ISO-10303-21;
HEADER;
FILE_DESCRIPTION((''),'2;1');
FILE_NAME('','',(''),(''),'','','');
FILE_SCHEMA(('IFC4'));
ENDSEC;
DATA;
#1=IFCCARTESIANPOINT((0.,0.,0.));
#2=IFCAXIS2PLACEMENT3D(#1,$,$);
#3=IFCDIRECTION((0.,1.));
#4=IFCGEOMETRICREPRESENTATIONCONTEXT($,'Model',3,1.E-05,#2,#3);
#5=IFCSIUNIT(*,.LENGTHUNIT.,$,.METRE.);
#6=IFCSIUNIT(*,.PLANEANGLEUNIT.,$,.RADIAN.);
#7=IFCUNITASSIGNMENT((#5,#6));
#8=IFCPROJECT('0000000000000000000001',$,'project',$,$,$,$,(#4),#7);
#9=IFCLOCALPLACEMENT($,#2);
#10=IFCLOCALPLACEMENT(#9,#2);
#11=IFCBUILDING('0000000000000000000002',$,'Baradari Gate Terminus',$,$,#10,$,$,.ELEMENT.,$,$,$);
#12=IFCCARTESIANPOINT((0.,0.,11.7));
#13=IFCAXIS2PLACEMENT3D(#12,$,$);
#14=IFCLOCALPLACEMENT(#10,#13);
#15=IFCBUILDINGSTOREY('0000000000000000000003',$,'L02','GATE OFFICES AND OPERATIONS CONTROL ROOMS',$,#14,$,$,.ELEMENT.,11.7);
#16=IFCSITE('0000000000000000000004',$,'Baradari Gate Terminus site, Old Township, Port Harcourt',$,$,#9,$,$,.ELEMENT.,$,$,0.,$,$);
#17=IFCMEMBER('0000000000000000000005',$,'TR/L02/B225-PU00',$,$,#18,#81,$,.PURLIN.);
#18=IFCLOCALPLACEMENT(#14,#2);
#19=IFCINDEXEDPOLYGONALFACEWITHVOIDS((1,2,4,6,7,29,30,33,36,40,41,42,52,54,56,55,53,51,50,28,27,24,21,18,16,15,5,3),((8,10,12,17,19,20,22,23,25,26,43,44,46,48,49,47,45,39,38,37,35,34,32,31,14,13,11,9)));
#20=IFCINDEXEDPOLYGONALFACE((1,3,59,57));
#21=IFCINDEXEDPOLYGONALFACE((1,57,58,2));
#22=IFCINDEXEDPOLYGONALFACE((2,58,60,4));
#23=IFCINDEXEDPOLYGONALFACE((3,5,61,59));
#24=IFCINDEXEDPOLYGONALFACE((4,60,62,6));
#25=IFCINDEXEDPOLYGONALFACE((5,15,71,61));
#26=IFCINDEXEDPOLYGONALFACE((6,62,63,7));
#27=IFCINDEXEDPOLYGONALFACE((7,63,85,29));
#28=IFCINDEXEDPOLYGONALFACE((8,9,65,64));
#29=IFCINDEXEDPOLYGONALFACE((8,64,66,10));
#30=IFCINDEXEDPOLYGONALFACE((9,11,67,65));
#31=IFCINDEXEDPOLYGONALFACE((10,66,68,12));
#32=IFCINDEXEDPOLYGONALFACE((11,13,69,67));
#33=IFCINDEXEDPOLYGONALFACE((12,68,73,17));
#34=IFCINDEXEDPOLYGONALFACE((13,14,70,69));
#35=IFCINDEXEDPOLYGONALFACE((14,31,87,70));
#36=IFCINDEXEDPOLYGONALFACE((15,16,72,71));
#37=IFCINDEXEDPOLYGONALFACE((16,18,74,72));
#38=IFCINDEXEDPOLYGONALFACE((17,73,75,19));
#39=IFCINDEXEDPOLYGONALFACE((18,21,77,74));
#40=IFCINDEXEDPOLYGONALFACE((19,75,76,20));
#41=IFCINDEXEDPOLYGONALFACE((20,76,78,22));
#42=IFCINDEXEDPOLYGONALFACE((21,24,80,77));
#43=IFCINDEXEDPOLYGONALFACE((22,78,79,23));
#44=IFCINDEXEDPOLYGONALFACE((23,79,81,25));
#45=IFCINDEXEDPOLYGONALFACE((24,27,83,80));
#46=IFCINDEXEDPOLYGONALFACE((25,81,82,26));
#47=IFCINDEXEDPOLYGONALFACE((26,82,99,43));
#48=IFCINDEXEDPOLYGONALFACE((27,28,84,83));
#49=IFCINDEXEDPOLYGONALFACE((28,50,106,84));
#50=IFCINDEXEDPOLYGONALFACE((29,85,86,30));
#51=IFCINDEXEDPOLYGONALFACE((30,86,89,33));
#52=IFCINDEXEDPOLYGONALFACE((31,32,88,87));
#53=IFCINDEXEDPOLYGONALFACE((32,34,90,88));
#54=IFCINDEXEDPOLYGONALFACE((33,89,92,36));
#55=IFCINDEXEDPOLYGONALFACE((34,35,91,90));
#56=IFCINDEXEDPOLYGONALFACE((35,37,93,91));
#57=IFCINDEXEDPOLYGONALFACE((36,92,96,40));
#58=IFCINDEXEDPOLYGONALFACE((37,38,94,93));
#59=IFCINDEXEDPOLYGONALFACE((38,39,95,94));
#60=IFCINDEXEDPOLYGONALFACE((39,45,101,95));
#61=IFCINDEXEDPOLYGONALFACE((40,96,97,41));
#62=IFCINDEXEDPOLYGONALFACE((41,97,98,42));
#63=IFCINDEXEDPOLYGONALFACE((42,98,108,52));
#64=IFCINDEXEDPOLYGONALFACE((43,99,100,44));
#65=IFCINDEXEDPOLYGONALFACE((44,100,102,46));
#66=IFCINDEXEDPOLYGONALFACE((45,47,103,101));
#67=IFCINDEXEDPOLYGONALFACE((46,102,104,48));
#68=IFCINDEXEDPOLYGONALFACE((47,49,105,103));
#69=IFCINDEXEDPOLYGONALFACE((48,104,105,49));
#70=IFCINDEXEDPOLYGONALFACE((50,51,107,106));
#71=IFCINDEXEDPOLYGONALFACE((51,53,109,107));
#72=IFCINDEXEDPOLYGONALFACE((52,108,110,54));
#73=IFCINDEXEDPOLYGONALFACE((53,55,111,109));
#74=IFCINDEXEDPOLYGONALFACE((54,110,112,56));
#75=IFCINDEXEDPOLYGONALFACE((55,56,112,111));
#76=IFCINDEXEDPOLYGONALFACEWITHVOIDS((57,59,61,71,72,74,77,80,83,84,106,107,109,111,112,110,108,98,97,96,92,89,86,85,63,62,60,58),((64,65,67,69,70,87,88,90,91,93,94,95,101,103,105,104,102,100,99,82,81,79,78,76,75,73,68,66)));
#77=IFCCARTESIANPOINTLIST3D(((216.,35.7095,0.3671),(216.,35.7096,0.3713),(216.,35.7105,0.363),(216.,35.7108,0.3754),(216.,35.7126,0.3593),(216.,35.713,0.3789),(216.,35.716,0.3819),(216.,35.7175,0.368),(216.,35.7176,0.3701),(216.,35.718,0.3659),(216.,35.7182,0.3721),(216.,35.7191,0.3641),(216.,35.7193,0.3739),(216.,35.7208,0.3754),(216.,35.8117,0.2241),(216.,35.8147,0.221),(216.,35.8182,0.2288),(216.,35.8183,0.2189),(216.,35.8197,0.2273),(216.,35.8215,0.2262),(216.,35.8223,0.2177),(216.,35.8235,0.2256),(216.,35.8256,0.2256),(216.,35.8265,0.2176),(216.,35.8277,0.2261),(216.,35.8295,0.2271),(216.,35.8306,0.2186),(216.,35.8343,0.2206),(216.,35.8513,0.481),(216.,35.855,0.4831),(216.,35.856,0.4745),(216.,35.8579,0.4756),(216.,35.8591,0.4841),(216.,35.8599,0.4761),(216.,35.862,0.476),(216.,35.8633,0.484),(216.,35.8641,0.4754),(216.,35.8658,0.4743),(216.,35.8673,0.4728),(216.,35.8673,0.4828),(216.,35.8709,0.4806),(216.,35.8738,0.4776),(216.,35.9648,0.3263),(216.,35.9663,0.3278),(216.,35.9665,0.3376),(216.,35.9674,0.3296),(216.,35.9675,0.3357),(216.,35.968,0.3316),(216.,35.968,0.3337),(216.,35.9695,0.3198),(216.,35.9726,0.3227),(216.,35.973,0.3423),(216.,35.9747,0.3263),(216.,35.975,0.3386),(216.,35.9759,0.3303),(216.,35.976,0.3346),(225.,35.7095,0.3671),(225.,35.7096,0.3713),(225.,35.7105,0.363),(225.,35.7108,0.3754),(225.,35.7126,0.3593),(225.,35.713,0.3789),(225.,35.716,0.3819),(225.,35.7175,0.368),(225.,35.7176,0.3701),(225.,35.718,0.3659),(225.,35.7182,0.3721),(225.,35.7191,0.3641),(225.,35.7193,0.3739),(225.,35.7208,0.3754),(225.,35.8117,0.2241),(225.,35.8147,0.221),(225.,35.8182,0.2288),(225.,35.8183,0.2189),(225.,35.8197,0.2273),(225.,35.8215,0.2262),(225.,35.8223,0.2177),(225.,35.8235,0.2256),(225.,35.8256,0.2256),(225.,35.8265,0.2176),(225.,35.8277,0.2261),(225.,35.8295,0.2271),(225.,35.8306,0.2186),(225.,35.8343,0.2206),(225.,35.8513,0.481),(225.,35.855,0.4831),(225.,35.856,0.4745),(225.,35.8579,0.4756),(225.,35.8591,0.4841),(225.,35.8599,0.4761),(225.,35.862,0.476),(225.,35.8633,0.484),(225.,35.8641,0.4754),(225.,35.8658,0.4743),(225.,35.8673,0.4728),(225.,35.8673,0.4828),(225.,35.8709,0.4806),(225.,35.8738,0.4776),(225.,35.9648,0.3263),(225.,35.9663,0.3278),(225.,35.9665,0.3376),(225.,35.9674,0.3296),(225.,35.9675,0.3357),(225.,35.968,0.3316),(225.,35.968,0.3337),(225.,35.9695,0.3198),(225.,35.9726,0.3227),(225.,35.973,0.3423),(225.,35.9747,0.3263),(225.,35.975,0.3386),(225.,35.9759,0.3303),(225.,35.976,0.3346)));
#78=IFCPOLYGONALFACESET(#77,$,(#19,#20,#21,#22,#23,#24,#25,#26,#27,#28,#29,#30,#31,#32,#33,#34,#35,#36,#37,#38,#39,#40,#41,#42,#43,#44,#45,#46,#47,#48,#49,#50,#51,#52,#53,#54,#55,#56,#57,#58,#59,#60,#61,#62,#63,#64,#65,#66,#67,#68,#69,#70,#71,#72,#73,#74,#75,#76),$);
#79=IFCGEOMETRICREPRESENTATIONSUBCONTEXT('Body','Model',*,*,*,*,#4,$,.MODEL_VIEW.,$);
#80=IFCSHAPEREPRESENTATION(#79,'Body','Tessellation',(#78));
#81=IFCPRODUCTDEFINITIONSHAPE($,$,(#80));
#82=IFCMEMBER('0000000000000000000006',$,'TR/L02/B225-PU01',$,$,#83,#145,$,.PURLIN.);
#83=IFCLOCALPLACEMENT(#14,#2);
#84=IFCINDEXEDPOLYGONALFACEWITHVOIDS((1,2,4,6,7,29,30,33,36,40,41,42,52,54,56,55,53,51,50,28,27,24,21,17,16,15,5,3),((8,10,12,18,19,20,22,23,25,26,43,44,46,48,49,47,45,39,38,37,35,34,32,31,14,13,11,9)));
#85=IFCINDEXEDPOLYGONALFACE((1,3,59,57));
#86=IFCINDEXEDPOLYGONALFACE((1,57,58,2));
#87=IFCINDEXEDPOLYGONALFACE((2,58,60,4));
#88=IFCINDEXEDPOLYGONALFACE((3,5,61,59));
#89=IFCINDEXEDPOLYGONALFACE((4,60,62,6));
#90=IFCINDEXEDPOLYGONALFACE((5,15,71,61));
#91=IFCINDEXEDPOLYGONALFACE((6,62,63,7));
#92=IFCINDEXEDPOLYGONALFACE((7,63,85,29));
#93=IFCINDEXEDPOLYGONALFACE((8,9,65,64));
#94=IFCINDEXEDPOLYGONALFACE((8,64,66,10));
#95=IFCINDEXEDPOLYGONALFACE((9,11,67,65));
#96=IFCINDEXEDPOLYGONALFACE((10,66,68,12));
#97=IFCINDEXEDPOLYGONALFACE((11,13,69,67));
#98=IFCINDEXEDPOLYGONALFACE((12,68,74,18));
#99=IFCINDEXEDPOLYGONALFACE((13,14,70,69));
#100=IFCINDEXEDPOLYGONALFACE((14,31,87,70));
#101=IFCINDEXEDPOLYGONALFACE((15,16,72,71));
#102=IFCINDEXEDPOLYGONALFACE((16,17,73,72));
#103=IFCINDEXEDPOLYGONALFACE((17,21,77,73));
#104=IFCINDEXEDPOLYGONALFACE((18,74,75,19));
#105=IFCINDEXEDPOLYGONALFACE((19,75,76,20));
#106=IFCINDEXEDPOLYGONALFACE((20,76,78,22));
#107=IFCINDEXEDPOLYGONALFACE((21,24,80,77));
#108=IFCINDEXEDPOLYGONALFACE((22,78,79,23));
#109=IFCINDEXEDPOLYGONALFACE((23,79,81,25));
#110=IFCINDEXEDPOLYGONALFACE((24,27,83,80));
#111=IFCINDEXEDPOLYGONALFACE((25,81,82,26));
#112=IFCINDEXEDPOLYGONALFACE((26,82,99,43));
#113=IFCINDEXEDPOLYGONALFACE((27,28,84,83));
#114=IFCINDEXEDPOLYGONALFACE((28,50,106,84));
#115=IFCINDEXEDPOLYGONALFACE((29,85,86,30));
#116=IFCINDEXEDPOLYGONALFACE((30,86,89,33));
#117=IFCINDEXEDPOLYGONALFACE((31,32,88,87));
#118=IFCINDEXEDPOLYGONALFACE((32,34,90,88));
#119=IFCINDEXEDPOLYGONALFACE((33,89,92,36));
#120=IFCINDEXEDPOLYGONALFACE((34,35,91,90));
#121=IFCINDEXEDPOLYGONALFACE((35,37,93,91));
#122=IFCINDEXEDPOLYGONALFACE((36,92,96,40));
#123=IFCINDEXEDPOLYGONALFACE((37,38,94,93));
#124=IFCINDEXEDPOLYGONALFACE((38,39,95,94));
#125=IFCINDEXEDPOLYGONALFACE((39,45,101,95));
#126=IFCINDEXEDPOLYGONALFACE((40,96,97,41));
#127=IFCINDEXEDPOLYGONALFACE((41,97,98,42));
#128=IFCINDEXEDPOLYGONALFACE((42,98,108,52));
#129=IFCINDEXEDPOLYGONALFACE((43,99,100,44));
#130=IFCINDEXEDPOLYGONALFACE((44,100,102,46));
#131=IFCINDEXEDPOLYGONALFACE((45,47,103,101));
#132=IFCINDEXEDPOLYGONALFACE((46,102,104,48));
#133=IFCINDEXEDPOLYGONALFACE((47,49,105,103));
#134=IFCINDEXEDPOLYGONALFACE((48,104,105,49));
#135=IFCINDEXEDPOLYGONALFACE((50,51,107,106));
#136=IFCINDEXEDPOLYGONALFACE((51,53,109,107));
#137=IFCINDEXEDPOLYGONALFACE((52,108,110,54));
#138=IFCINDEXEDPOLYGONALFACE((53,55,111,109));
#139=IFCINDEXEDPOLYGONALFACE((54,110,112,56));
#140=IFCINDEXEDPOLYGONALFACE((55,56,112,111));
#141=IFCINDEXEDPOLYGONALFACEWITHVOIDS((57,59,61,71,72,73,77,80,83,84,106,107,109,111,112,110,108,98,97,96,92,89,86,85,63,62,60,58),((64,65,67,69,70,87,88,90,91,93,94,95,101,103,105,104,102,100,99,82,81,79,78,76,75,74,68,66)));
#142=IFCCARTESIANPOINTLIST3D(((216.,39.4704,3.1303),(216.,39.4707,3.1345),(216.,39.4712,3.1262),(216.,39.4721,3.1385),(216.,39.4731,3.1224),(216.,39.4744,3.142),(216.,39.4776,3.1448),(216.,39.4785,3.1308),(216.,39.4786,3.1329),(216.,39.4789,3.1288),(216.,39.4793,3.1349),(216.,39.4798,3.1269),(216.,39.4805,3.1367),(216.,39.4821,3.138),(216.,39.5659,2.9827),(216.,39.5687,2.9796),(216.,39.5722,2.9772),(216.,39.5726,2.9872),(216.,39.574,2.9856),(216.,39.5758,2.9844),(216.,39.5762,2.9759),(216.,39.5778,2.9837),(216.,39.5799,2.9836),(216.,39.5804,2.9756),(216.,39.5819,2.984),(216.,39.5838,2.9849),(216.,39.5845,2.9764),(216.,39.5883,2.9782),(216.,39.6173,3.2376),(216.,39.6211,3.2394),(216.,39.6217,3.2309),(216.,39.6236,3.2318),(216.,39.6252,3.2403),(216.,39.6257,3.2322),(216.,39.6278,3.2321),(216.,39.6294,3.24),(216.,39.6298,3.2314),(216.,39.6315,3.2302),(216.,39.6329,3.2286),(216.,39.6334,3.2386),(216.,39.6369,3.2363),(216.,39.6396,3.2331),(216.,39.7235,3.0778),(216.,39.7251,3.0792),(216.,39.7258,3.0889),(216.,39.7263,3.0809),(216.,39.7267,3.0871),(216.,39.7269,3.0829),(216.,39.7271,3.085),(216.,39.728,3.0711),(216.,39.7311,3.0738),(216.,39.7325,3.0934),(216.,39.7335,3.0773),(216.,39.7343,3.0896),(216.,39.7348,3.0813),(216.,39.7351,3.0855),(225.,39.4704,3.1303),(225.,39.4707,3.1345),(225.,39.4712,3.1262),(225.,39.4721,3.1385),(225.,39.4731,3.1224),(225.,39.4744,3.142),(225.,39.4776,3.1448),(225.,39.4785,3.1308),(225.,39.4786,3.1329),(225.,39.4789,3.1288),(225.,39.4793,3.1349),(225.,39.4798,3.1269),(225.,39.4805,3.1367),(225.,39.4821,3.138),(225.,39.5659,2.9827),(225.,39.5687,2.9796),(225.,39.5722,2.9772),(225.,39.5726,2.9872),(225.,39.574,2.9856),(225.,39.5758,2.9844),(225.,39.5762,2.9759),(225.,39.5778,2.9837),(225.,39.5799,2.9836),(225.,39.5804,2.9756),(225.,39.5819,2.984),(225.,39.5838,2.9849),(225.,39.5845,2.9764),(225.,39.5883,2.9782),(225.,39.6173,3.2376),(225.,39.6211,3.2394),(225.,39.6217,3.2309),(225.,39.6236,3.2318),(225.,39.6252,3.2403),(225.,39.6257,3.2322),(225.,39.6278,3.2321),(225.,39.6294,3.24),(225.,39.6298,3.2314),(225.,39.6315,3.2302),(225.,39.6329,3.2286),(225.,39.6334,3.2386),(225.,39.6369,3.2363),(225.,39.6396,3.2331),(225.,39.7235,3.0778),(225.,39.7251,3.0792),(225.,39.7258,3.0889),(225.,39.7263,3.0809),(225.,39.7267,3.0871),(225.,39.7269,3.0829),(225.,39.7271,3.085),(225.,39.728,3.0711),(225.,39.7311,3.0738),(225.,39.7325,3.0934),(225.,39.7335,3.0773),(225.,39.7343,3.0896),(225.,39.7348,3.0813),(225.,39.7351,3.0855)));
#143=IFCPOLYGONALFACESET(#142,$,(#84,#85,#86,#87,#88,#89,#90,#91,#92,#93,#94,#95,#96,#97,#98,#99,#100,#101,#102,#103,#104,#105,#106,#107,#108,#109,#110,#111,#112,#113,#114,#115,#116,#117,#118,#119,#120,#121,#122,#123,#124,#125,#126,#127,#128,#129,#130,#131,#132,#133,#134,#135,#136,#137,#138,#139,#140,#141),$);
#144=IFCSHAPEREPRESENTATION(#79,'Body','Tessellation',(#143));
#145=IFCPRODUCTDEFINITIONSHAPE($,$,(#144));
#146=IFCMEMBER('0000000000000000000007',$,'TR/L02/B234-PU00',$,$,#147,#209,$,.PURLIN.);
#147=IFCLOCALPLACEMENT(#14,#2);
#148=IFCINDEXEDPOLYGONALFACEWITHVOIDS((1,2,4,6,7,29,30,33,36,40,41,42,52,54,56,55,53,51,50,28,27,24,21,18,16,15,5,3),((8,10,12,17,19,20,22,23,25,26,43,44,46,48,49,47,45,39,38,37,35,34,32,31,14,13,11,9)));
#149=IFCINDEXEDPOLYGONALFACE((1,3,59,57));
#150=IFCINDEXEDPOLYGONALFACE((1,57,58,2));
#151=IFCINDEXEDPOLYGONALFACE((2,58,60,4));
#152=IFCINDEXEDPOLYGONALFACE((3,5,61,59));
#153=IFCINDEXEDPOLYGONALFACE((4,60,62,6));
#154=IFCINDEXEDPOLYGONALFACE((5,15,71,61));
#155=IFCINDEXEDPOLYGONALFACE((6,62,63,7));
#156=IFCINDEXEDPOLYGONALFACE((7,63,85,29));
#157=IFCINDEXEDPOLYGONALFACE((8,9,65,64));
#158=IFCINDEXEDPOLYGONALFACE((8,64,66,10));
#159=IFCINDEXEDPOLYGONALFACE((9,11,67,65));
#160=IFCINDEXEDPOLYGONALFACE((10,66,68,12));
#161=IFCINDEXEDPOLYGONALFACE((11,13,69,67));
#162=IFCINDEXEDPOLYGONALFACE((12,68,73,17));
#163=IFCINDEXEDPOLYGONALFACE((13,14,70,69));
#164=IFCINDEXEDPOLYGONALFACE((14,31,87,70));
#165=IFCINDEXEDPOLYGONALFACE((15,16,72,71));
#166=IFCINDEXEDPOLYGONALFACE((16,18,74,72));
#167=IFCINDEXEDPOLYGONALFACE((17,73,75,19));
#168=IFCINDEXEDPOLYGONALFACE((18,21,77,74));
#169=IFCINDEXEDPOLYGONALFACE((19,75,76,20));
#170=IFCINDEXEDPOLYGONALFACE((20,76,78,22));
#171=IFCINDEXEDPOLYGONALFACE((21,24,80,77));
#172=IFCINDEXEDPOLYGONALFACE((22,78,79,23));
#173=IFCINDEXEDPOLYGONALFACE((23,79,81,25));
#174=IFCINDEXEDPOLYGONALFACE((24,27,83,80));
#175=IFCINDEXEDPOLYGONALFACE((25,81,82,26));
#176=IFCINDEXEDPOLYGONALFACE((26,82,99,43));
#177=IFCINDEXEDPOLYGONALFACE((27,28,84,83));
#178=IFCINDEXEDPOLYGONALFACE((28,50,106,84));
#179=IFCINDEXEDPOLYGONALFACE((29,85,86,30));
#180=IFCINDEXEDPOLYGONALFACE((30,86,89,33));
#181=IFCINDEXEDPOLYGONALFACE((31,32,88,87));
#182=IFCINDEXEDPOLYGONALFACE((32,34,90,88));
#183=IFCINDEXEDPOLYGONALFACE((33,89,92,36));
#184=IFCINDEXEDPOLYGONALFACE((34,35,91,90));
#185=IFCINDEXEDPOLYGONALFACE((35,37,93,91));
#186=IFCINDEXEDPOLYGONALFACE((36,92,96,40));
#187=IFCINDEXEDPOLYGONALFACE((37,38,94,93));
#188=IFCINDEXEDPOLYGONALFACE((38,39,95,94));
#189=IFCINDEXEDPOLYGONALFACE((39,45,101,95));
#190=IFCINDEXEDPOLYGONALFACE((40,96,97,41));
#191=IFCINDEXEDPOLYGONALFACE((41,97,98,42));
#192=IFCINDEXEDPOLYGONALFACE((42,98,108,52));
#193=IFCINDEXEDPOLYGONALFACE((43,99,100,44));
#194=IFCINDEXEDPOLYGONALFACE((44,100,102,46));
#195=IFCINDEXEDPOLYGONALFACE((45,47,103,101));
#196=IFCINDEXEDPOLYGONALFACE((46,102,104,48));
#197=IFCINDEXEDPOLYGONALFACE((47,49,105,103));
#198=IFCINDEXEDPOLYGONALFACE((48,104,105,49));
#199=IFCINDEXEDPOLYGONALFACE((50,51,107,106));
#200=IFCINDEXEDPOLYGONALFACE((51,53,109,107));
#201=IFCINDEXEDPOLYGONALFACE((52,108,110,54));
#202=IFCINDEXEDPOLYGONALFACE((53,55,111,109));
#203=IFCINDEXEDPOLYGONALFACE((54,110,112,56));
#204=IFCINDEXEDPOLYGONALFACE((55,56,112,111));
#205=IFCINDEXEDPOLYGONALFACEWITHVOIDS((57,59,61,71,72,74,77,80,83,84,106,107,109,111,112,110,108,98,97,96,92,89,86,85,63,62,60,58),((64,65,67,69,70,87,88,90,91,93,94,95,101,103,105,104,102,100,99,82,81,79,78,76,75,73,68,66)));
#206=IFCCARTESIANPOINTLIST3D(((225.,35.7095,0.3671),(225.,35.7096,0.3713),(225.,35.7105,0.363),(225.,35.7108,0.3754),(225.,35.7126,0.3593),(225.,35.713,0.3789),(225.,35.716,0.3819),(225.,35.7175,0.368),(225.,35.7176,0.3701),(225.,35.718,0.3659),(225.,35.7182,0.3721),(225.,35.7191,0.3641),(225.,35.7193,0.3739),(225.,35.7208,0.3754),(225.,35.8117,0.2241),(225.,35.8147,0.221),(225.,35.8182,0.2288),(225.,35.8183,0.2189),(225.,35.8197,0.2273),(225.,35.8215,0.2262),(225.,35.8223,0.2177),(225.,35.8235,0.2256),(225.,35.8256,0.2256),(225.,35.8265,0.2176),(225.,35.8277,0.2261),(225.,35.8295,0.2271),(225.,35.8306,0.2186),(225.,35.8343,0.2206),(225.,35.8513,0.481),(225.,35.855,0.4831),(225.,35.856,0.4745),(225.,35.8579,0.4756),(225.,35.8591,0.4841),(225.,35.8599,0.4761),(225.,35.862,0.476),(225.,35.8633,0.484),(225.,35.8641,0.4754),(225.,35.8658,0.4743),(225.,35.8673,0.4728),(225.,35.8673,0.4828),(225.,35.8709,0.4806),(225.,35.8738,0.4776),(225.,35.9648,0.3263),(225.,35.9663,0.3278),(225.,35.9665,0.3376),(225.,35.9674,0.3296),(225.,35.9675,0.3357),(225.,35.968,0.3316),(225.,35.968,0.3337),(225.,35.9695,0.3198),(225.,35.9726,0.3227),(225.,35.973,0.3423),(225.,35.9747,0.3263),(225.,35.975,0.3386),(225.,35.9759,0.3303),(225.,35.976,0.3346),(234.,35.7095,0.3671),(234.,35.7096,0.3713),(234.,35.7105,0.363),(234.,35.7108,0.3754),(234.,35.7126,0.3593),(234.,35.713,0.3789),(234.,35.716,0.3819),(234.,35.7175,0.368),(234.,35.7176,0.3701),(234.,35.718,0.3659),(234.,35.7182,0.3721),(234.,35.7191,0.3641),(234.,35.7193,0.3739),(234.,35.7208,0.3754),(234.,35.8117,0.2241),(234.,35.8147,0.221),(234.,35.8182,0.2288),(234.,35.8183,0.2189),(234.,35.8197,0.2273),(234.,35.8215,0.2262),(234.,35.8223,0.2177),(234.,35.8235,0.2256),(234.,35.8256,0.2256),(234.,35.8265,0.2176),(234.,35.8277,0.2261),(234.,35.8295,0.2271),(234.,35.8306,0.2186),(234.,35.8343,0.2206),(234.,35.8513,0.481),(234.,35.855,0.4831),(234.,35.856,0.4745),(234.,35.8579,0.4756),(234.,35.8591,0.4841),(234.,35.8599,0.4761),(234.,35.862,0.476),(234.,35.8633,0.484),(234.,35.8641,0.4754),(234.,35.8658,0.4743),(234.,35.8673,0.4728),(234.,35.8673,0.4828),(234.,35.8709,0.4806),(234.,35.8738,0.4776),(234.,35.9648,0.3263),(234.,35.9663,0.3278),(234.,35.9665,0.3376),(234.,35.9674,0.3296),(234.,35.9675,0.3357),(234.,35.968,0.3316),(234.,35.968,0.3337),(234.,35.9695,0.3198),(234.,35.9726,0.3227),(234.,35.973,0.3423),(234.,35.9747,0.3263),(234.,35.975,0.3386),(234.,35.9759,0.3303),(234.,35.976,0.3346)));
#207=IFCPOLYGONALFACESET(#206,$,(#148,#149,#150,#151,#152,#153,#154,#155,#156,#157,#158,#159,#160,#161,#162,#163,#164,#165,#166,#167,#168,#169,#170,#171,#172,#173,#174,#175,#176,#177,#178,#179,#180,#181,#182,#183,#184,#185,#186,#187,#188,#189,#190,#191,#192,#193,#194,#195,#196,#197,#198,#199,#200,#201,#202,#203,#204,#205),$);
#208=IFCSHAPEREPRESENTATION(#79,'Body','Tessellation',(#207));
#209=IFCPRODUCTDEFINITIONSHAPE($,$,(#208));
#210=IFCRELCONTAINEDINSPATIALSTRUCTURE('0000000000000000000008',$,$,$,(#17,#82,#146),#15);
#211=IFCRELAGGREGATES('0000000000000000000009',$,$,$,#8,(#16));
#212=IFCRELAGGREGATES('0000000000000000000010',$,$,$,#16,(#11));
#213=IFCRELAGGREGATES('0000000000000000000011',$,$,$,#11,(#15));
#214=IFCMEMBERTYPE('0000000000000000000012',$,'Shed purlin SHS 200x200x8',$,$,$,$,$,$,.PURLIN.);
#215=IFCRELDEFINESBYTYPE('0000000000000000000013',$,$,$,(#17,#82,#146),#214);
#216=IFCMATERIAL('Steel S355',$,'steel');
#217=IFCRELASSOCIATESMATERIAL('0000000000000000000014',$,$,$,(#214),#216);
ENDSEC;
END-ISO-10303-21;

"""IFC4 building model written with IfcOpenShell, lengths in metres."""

from ifc_helpers import new_model, si_unit, direction, frame, origin, origin_2d, place, context, subcontext, project, spatial, hollow_rectangle, extrude, material, material_profile, profile_set, type_object, element, save


model = new_model("IFC4")

# Units and contexts
model_context = context("Model", 3, precision=1e-05, world=origin(), true_north=direction((0.0, 1.0)))
body_context = subcontext(model_context, "Body", "Model", "MODEL_VIEW")
ifc_project = project(units=[si_unit("LENGTHUNIT", "METRE"), si_unit("PLANEANGLEUNIT", "RADIAN")], contexts=[model_context])

# Site, building, storey
site_placement = place(None, origin())
site = spatial("IfcSite", under=ifc_project, at=site_placement, Name="Baradari Gate Terminus site, Old Township, Port Harcourt", CompositionType="ELEMENT", RefElevation=0.0)
building_placement = place(site_placement, origin())
building = spatial("IfcBuilding", under=site, at=building_placement, Name="Baradari Gate Terminus", CompositionType="ELEMENT")
storey_placement = place(building_placement, frame((0.0, 0.0, 11.7)))
storey = spatial("IfcBuildingStorey", under=building, at=storey_placement, Name="L02", Description="GATE OFFICES AND OPERATIONS CONTROL ROOMS", CompositionType="ELEMENT", Elevation=11.7)

# Members
ifc_material_1 = material(Name="Steel S355", Category="steel")
ifc_material_profile_1 = material_profile(ifc_material_1, hollow_rectangle(XDim=0.2, YDim=0.2, WallThickness=0.0081, InnerFilletRadius=0.0081, OuterFilletRadius=0.0161, at=origin_2d()), Name="SHS 200x200x8")
ifc_profile_set_1 = profile_set([ifc_material_profile_1], Name="Steel S355")
member_type_1 = type_object("IfcMemberType", Name="Shed purlin SHS 200x200x8", PredefinedType="PURLIN", material=ifc_profile_set_1)
for number, where, z_axis, x_axis, name in (
    (1, (216.0, 35.8428, 0.3508), (1.0, 0.0, 0.0), (0.0, 0.806405, 0.591364), "TR/L02/B225-PU00"),
    (2, (216.0, 39.6028, 3.1079), (1.0, 0.0, 0.0), (0.0, 0.832836, 0.553519), "TR/L02/B225-PU01"),
    (3, (225.0, 35.8428, 0.3508), (1.0, 0.0, 0.0), (0.0, 0.806405, 0.591364), "TR/L02/B234-PU00"),
):
    element("IfcMember", number, at=place(storey_placement, frame(where, z_axis=z_axis, x_axis=x_axis)), inside=storey, type_object=member_type_1, Name=name, PredefinedType="PURLIN", context=body_context, shape_type="SweptSolid", body=[
        extrude(hollow_rectangle(XDim=0.2, YDim=0.2, WallThickness=0.0081, InnerFilletRadius=0.0081, OuterFilletRadius=0.0161, at=origin_2d()), origin(), (0.0, 0.0, 1.0), 9.0),
    ])

save(model, "model.ifc")
